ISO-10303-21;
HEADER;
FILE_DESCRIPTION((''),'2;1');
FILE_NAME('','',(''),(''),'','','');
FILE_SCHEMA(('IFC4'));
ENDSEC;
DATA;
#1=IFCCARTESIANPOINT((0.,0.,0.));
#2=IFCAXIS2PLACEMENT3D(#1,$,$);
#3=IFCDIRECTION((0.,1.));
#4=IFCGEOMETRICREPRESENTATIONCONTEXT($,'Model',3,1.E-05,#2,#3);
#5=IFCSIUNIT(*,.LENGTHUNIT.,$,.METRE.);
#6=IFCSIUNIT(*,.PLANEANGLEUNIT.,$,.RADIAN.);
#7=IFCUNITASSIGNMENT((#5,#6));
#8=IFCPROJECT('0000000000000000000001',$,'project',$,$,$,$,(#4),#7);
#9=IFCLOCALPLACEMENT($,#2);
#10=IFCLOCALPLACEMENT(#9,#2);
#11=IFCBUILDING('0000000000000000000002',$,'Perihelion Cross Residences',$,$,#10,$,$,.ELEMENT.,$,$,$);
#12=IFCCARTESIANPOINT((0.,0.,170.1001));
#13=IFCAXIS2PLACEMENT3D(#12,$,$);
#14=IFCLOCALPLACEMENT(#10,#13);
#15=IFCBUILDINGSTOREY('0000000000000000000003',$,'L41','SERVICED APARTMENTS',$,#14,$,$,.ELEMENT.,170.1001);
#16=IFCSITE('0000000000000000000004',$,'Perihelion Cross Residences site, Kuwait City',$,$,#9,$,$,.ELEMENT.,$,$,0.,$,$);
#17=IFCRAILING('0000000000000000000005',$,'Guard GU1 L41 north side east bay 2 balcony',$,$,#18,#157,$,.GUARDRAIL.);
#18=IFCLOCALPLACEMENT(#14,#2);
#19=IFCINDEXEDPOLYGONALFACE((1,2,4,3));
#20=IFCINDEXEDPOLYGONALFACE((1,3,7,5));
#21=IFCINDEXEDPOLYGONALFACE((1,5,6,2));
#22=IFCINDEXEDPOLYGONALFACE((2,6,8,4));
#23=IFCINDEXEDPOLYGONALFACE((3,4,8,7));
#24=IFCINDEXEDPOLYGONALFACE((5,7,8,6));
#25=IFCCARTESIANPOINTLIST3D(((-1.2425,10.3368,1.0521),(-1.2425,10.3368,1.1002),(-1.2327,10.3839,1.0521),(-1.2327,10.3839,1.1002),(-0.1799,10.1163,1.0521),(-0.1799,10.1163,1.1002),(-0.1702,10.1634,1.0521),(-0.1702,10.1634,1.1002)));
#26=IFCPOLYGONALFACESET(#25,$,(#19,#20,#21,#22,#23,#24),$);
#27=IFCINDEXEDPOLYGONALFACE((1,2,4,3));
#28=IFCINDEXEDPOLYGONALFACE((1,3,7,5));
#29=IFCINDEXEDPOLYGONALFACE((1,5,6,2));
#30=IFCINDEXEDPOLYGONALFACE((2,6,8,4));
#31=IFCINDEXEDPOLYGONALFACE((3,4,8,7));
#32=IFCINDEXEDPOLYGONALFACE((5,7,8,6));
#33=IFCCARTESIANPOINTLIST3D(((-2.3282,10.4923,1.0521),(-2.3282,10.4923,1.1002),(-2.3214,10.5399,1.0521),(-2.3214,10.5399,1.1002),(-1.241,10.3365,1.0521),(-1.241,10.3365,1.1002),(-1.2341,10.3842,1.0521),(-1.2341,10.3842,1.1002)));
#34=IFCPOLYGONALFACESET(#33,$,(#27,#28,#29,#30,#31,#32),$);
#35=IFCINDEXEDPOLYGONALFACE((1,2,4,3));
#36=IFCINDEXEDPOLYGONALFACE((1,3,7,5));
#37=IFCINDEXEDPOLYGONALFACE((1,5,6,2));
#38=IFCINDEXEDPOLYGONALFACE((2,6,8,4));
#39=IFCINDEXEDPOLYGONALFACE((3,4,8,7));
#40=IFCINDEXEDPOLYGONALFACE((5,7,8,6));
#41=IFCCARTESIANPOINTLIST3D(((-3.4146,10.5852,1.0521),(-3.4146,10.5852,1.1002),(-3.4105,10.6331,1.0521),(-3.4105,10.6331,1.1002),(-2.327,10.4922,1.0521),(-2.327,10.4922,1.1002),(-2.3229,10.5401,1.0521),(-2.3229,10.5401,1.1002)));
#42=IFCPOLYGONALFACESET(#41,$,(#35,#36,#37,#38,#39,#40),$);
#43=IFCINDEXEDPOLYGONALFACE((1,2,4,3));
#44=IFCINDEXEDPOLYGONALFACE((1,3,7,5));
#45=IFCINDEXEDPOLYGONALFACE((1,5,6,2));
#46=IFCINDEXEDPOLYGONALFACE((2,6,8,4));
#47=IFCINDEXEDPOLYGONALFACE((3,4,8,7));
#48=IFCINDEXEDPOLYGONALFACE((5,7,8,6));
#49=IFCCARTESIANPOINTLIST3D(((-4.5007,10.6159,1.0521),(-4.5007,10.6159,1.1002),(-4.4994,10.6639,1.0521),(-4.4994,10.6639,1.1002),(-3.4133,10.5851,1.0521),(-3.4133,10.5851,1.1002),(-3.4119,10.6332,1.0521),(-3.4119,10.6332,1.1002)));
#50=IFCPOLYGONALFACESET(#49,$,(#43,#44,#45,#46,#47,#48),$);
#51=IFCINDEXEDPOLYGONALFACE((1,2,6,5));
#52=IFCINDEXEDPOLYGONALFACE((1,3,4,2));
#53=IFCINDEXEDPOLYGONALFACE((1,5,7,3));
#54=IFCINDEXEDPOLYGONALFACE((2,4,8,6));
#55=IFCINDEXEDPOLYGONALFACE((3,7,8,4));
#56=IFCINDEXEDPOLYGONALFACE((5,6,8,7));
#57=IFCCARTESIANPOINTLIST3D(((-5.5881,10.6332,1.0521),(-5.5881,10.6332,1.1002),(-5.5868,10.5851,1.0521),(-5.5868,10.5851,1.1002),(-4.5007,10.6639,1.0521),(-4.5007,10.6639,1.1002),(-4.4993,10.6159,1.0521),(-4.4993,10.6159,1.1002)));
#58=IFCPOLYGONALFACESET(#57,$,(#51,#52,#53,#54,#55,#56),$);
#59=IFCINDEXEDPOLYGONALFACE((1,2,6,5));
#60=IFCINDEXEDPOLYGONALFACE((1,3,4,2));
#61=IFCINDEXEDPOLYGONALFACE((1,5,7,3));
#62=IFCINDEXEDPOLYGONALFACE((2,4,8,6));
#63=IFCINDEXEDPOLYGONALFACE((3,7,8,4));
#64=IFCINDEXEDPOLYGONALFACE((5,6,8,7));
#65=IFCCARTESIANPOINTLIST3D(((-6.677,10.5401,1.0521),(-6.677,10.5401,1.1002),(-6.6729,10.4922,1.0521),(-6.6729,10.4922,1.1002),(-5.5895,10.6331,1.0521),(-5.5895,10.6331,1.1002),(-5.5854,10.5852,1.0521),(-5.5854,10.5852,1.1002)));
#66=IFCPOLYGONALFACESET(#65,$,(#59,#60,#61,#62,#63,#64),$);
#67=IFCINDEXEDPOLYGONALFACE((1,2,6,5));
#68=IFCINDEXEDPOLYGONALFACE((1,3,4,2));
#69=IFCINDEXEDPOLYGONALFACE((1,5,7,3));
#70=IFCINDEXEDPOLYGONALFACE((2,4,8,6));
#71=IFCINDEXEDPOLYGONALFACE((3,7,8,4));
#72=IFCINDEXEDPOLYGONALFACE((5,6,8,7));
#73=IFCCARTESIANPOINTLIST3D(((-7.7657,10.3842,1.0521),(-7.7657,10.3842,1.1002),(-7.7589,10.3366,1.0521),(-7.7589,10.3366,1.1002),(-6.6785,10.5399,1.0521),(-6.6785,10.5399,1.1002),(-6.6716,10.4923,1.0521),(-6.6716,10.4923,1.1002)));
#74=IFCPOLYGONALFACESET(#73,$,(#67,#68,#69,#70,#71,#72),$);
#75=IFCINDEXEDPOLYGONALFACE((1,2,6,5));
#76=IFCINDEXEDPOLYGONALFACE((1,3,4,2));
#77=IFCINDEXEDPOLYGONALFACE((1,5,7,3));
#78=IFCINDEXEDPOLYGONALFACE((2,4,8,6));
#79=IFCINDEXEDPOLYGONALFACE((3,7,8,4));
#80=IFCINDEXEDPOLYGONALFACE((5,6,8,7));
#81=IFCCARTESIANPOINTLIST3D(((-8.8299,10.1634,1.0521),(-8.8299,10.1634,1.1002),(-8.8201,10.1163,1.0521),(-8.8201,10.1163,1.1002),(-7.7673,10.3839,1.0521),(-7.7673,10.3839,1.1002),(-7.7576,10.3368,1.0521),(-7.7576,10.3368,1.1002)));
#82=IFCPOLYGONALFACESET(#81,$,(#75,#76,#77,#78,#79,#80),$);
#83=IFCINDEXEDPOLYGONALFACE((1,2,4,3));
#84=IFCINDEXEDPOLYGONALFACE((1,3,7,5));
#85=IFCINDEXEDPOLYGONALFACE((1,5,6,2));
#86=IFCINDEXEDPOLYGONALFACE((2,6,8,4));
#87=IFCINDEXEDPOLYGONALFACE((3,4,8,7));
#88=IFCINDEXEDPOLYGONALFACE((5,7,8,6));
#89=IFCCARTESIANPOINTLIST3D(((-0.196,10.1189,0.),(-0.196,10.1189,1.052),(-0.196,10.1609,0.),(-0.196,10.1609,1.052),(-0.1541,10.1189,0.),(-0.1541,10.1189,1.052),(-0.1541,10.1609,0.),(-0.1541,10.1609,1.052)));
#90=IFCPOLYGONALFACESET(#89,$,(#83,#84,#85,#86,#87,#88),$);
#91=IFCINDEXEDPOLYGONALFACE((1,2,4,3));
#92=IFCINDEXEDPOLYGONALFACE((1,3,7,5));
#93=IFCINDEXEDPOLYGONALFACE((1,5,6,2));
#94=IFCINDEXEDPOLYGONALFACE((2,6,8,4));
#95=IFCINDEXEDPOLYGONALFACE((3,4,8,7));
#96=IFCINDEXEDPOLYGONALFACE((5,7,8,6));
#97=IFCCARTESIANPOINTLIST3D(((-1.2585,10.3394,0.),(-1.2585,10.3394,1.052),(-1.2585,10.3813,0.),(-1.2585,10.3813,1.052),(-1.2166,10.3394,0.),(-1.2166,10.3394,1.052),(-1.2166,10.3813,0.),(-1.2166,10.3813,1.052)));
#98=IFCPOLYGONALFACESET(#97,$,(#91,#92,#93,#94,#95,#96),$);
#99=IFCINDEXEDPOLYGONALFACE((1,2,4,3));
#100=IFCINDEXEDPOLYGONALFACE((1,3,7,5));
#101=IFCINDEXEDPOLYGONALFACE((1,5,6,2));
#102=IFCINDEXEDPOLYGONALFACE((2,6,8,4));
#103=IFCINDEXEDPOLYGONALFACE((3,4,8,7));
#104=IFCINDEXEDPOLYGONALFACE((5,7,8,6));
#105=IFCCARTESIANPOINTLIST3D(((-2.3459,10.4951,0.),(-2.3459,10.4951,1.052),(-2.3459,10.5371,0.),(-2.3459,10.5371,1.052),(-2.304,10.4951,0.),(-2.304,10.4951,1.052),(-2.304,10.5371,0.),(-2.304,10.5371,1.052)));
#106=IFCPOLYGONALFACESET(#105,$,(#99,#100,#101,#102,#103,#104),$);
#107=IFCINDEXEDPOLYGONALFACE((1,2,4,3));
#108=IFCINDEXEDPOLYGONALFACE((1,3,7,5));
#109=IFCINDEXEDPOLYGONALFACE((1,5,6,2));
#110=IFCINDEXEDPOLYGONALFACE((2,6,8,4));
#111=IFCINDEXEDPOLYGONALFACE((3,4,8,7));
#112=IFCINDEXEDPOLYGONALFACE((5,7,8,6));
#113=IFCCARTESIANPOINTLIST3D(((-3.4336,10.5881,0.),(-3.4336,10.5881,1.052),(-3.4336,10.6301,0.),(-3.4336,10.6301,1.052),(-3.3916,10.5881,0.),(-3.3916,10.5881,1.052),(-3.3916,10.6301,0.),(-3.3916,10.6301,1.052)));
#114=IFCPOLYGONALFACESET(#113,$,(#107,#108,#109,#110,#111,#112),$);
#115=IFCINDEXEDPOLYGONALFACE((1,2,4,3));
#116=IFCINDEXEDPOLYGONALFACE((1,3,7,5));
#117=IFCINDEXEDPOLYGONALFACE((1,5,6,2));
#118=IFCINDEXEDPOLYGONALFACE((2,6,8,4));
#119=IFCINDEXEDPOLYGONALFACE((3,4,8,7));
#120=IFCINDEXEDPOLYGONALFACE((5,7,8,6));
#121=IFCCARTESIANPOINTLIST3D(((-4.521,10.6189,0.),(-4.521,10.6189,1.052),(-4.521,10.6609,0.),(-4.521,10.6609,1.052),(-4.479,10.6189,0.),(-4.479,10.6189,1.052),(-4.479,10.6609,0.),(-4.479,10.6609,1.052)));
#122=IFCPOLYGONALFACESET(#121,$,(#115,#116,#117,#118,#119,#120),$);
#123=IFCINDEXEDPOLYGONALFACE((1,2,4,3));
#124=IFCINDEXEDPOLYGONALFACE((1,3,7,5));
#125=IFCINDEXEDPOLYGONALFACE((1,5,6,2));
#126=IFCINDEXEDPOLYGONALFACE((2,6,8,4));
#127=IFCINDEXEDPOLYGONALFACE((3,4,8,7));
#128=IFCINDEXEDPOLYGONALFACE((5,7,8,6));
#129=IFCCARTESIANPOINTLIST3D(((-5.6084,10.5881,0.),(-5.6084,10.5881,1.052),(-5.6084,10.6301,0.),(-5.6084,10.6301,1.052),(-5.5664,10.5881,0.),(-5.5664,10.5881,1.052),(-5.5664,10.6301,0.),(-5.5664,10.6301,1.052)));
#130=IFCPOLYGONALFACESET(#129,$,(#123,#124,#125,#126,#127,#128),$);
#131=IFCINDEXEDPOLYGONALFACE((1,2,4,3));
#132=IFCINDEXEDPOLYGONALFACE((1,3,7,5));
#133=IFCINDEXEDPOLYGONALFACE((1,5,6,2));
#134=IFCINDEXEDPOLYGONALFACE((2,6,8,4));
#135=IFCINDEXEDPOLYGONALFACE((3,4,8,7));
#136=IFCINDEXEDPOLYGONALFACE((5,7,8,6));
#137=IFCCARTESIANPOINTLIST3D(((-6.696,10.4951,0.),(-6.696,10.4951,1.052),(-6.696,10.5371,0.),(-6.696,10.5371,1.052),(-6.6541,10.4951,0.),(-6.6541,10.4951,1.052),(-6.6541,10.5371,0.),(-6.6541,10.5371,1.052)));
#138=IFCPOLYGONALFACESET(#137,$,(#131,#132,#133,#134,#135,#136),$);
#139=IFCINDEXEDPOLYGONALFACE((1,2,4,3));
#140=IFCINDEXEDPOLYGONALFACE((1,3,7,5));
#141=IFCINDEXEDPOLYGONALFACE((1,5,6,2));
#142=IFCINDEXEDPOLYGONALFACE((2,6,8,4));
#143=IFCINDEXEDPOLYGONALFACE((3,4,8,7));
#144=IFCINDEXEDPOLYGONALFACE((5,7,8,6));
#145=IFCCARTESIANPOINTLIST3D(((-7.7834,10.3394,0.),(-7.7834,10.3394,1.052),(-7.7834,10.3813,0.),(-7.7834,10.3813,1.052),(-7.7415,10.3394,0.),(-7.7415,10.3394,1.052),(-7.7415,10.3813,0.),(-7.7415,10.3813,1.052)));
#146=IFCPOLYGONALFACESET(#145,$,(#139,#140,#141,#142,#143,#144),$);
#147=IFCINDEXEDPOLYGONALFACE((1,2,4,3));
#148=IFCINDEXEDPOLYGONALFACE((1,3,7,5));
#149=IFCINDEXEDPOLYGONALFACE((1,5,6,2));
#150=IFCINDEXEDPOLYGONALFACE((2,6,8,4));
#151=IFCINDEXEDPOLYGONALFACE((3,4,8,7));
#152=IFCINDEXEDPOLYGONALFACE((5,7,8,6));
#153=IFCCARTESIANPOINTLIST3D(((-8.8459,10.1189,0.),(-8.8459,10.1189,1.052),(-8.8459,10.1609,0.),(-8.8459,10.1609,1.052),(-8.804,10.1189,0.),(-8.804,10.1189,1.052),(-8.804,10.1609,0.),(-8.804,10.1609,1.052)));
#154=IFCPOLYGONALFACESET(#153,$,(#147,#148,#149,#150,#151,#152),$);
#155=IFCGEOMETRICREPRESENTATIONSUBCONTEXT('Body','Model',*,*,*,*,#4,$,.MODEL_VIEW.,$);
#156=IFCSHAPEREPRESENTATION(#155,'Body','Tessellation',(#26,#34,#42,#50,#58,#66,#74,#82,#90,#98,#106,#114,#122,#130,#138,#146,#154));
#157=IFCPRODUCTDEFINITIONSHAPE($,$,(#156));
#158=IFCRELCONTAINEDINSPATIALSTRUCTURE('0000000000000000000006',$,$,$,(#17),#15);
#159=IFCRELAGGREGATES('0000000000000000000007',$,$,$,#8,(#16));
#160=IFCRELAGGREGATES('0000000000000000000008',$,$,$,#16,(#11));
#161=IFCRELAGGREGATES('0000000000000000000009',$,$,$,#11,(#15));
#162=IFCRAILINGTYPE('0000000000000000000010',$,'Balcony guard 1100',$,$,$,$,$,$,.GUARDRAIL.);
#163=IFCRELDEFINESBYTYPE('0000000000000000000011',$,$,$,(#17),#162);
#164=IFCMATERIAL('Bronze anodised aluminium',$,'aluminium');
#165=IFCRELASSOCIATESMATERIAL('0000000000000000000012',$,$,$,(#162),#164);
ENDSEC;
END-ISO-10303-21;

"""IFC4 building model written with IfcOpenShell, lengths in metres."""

from ifc_helpers import new_model, si_unit, direction, frame, origin, origin_2d, place, context, subcontext, project, spatial, rectangle, extrude, material, type_object, element, save


model = new_model("IFC4")

# Units and contexts
model_context = context("Model", 3, precision=1e-05, world=origin(), true_north=direction((0.0, 1.0)))
body_context = subcontext(model_context, "Body", "Model", "MODEL_VIEW")
ifc_project = project(units=[si_unit("LENGTHUNIT", "METRE"), si_unit("PLANEANGLEUNIT", "RADIAN")], contexts=[model_context])

# Site, building, storey
site_placement = place(None, origin())
site = spatial("IfcSite", under=ifc_project, at=site_placement, Name="Perihelion Cross Residences site, Kuwait City", CompositionType="ELEMENT", RefElevation=0.0)
building_placement = place(site_placement, origin())
building = spatial("IfcBuilding", under=site, at=building_placement, Name="Perihelion Cross Residences", CompositionType="ELEMENT")
storey_placement = place(building_placement, frame((0.0, 0.0, 170.1001)))
storey = spatial("IfcBuildingStorey", under=building, at=storey_placement, Name="L41", Description="SERVICED APARTMENTS", CompositionType="ELEMENT", Elevation=170.1001)

# Railing
ifc_material_1 = material(Name="Bronze anodised aluminium", Category="aluminium")
railing_type = type_object("IfcRailingType", Name="Balcony guard 1100", PredefinedType="GUARDRAIL", material=ifc_material_1)
railing_placement = place(storey_placement, frame((-0.175, 10.1399, 0.0)))
element("IfcRailing", 1, at=railing_placement, inside=storey, type_object=railing_type, Name="Guard GU1 L41 north side east bay 2 balcony", PredefinedType="GUARDRAIL", context=body_context, shape_type="SweptSolid", body=[
    extrude(rectangle(XDim=0.0481, YDim=0.0481, at=origin_2d()), frame((0.0, 0.0, 1.0762), z_axis=(-0.979145, 0.203164, 0.0), x_axis=(-0.203164, -0.979145, 0.0)), (0.0, 0.0, 1.0), 1.0852),
    extrude(rectangle(XDim=0.0481, YDim=0.0481, at=origin_2d()), frame((-1.0625, 0.2205, 1.0762), z_axis=(-0.989896, 0.141795, 0.0), x_axis=(-0.141795, -0.989896, 0.0)), (0.0, 0.0, 1.0), 1.0984),
    extrude(rectangle(XDim=0.0481, YDim=0.0481, at=origin_2d()), frame((-2.1499, 0.3762, 1.0762), z_axis=(-0.996363, 0.085211, 0.0), x_axis=(-0.085211, -0.996363, 0.0)), (0.0, 0.0, 1.0), 1.0916),
    extrude(rectangle(XDim=0.0481, YDim=0.0481, at=origin_2d()), frame((-3.2375, 0.4692, 1.0762), z_axis=(-0.9996, 0.028278, 0.0), x_axis=(-0.028278, -0.9996, 0.0)), (0.0, 0.0, 1.0), 1.0879),
    extrude(rectangle(XDim=0.0481, YDim=0.0481, at=origin_2d()), frame((-4.325, 0.5, 1.0762), z_axis=(-0.9996, -0.028278, 0.0), x_axis=(0.028278, -0.9996, 0.0)), (0.0, 0.0, 1.0), 1.0879),
    extrude(rectangle(XDim=0.0481, YDim=0.0481, at=origin_2d()), frame((-5.4124, 0.4692, 1.0762), z_axis=(-0.996363, -0.085211, 0.0), x_axis=(0.085211, -0.996363, 0.0)), (0.0, 0.0, 1.0), 1.0916),
    extrude(rectangle(XDim=0.0481, YDim=0.0481, at=origin_2d()), frame((-6.5, 0.3762, 1.0762), z_axis=(-0.989896, -0.141795, 0.0), x_axis=(0.141795, -0.989896, 0.0)), (0.0, 0.0, 1.0), 1.0984),
    extrude(rectangle(XDim=0.0481, YDim=0.0481, at=origin_2d()), frame((-7.5874, 0.2205, 1.0762), z_axis=(-0.979145, -0.203164, 0.0), x_axis=(0.203164, -0.979145, 0.0)), (0.0, 0.0, 1.0), 1.0852),
    extrude(rectangle(XDim=0.042, YDim=0.042, at=origin_2d()), origin(), (0.0, 0.0, 1.0), 1.052),
    extrude(rectangle(XDim=0.042, YDim=0.042, at=origin_2d()), frame((-1.0625, 0.2205, 0.0)), (0.0, 0.0, 1.0), 1.052),
    extrude(rectangle(XDim=0.042, YDim=0.042, at=origin_2d()), frame((-2.1499, 0.3762, 0.0)), (0.0, 0.0, 1.0), 1.052),
    extrude(rectangle(XDim=0.042, YDim=0.042, at=origin_2d()), frame((-3.2375, 0.4692, 0.0)), (0.0, 0.0, 1.0), 1.052),
    extrude(rectangle(XDim=0.042, YDim=0.042, at=origin_2d()), frame((-4.325, 0.5, 0.0)), (0.0, 0.0, 1.0), 1.052),
    extrude(rectangle(XDim=0.042, YDim=0.042, at=origin_2d()), frame((-5.4124, 0.4692, 0.0)), (0.0, 0.0, 1.0), 1.052),
    extrude(rectangle(XDim=0.042, YDim=0.042, at=origin_2d()), frame((-6.5, 0.3762, 0.0)), (0.0, 0.0, 1.0), 1.052),
    extrude(rectangle(XDim=0.042, YDim=0.042, at=origin_2d()), frame((-7.5874, 0.2205, 0.0)), (0.0, 0.0, 1.0), 1.052),
    extrude(rectangle(XDim=0.042, YDim=0.042, at=origin_2d()), frame((-8.6499, 0.0, 0.0)), (0.0, 0.0, 1.0), 1.052),
])

save(model, "model.ifc")
